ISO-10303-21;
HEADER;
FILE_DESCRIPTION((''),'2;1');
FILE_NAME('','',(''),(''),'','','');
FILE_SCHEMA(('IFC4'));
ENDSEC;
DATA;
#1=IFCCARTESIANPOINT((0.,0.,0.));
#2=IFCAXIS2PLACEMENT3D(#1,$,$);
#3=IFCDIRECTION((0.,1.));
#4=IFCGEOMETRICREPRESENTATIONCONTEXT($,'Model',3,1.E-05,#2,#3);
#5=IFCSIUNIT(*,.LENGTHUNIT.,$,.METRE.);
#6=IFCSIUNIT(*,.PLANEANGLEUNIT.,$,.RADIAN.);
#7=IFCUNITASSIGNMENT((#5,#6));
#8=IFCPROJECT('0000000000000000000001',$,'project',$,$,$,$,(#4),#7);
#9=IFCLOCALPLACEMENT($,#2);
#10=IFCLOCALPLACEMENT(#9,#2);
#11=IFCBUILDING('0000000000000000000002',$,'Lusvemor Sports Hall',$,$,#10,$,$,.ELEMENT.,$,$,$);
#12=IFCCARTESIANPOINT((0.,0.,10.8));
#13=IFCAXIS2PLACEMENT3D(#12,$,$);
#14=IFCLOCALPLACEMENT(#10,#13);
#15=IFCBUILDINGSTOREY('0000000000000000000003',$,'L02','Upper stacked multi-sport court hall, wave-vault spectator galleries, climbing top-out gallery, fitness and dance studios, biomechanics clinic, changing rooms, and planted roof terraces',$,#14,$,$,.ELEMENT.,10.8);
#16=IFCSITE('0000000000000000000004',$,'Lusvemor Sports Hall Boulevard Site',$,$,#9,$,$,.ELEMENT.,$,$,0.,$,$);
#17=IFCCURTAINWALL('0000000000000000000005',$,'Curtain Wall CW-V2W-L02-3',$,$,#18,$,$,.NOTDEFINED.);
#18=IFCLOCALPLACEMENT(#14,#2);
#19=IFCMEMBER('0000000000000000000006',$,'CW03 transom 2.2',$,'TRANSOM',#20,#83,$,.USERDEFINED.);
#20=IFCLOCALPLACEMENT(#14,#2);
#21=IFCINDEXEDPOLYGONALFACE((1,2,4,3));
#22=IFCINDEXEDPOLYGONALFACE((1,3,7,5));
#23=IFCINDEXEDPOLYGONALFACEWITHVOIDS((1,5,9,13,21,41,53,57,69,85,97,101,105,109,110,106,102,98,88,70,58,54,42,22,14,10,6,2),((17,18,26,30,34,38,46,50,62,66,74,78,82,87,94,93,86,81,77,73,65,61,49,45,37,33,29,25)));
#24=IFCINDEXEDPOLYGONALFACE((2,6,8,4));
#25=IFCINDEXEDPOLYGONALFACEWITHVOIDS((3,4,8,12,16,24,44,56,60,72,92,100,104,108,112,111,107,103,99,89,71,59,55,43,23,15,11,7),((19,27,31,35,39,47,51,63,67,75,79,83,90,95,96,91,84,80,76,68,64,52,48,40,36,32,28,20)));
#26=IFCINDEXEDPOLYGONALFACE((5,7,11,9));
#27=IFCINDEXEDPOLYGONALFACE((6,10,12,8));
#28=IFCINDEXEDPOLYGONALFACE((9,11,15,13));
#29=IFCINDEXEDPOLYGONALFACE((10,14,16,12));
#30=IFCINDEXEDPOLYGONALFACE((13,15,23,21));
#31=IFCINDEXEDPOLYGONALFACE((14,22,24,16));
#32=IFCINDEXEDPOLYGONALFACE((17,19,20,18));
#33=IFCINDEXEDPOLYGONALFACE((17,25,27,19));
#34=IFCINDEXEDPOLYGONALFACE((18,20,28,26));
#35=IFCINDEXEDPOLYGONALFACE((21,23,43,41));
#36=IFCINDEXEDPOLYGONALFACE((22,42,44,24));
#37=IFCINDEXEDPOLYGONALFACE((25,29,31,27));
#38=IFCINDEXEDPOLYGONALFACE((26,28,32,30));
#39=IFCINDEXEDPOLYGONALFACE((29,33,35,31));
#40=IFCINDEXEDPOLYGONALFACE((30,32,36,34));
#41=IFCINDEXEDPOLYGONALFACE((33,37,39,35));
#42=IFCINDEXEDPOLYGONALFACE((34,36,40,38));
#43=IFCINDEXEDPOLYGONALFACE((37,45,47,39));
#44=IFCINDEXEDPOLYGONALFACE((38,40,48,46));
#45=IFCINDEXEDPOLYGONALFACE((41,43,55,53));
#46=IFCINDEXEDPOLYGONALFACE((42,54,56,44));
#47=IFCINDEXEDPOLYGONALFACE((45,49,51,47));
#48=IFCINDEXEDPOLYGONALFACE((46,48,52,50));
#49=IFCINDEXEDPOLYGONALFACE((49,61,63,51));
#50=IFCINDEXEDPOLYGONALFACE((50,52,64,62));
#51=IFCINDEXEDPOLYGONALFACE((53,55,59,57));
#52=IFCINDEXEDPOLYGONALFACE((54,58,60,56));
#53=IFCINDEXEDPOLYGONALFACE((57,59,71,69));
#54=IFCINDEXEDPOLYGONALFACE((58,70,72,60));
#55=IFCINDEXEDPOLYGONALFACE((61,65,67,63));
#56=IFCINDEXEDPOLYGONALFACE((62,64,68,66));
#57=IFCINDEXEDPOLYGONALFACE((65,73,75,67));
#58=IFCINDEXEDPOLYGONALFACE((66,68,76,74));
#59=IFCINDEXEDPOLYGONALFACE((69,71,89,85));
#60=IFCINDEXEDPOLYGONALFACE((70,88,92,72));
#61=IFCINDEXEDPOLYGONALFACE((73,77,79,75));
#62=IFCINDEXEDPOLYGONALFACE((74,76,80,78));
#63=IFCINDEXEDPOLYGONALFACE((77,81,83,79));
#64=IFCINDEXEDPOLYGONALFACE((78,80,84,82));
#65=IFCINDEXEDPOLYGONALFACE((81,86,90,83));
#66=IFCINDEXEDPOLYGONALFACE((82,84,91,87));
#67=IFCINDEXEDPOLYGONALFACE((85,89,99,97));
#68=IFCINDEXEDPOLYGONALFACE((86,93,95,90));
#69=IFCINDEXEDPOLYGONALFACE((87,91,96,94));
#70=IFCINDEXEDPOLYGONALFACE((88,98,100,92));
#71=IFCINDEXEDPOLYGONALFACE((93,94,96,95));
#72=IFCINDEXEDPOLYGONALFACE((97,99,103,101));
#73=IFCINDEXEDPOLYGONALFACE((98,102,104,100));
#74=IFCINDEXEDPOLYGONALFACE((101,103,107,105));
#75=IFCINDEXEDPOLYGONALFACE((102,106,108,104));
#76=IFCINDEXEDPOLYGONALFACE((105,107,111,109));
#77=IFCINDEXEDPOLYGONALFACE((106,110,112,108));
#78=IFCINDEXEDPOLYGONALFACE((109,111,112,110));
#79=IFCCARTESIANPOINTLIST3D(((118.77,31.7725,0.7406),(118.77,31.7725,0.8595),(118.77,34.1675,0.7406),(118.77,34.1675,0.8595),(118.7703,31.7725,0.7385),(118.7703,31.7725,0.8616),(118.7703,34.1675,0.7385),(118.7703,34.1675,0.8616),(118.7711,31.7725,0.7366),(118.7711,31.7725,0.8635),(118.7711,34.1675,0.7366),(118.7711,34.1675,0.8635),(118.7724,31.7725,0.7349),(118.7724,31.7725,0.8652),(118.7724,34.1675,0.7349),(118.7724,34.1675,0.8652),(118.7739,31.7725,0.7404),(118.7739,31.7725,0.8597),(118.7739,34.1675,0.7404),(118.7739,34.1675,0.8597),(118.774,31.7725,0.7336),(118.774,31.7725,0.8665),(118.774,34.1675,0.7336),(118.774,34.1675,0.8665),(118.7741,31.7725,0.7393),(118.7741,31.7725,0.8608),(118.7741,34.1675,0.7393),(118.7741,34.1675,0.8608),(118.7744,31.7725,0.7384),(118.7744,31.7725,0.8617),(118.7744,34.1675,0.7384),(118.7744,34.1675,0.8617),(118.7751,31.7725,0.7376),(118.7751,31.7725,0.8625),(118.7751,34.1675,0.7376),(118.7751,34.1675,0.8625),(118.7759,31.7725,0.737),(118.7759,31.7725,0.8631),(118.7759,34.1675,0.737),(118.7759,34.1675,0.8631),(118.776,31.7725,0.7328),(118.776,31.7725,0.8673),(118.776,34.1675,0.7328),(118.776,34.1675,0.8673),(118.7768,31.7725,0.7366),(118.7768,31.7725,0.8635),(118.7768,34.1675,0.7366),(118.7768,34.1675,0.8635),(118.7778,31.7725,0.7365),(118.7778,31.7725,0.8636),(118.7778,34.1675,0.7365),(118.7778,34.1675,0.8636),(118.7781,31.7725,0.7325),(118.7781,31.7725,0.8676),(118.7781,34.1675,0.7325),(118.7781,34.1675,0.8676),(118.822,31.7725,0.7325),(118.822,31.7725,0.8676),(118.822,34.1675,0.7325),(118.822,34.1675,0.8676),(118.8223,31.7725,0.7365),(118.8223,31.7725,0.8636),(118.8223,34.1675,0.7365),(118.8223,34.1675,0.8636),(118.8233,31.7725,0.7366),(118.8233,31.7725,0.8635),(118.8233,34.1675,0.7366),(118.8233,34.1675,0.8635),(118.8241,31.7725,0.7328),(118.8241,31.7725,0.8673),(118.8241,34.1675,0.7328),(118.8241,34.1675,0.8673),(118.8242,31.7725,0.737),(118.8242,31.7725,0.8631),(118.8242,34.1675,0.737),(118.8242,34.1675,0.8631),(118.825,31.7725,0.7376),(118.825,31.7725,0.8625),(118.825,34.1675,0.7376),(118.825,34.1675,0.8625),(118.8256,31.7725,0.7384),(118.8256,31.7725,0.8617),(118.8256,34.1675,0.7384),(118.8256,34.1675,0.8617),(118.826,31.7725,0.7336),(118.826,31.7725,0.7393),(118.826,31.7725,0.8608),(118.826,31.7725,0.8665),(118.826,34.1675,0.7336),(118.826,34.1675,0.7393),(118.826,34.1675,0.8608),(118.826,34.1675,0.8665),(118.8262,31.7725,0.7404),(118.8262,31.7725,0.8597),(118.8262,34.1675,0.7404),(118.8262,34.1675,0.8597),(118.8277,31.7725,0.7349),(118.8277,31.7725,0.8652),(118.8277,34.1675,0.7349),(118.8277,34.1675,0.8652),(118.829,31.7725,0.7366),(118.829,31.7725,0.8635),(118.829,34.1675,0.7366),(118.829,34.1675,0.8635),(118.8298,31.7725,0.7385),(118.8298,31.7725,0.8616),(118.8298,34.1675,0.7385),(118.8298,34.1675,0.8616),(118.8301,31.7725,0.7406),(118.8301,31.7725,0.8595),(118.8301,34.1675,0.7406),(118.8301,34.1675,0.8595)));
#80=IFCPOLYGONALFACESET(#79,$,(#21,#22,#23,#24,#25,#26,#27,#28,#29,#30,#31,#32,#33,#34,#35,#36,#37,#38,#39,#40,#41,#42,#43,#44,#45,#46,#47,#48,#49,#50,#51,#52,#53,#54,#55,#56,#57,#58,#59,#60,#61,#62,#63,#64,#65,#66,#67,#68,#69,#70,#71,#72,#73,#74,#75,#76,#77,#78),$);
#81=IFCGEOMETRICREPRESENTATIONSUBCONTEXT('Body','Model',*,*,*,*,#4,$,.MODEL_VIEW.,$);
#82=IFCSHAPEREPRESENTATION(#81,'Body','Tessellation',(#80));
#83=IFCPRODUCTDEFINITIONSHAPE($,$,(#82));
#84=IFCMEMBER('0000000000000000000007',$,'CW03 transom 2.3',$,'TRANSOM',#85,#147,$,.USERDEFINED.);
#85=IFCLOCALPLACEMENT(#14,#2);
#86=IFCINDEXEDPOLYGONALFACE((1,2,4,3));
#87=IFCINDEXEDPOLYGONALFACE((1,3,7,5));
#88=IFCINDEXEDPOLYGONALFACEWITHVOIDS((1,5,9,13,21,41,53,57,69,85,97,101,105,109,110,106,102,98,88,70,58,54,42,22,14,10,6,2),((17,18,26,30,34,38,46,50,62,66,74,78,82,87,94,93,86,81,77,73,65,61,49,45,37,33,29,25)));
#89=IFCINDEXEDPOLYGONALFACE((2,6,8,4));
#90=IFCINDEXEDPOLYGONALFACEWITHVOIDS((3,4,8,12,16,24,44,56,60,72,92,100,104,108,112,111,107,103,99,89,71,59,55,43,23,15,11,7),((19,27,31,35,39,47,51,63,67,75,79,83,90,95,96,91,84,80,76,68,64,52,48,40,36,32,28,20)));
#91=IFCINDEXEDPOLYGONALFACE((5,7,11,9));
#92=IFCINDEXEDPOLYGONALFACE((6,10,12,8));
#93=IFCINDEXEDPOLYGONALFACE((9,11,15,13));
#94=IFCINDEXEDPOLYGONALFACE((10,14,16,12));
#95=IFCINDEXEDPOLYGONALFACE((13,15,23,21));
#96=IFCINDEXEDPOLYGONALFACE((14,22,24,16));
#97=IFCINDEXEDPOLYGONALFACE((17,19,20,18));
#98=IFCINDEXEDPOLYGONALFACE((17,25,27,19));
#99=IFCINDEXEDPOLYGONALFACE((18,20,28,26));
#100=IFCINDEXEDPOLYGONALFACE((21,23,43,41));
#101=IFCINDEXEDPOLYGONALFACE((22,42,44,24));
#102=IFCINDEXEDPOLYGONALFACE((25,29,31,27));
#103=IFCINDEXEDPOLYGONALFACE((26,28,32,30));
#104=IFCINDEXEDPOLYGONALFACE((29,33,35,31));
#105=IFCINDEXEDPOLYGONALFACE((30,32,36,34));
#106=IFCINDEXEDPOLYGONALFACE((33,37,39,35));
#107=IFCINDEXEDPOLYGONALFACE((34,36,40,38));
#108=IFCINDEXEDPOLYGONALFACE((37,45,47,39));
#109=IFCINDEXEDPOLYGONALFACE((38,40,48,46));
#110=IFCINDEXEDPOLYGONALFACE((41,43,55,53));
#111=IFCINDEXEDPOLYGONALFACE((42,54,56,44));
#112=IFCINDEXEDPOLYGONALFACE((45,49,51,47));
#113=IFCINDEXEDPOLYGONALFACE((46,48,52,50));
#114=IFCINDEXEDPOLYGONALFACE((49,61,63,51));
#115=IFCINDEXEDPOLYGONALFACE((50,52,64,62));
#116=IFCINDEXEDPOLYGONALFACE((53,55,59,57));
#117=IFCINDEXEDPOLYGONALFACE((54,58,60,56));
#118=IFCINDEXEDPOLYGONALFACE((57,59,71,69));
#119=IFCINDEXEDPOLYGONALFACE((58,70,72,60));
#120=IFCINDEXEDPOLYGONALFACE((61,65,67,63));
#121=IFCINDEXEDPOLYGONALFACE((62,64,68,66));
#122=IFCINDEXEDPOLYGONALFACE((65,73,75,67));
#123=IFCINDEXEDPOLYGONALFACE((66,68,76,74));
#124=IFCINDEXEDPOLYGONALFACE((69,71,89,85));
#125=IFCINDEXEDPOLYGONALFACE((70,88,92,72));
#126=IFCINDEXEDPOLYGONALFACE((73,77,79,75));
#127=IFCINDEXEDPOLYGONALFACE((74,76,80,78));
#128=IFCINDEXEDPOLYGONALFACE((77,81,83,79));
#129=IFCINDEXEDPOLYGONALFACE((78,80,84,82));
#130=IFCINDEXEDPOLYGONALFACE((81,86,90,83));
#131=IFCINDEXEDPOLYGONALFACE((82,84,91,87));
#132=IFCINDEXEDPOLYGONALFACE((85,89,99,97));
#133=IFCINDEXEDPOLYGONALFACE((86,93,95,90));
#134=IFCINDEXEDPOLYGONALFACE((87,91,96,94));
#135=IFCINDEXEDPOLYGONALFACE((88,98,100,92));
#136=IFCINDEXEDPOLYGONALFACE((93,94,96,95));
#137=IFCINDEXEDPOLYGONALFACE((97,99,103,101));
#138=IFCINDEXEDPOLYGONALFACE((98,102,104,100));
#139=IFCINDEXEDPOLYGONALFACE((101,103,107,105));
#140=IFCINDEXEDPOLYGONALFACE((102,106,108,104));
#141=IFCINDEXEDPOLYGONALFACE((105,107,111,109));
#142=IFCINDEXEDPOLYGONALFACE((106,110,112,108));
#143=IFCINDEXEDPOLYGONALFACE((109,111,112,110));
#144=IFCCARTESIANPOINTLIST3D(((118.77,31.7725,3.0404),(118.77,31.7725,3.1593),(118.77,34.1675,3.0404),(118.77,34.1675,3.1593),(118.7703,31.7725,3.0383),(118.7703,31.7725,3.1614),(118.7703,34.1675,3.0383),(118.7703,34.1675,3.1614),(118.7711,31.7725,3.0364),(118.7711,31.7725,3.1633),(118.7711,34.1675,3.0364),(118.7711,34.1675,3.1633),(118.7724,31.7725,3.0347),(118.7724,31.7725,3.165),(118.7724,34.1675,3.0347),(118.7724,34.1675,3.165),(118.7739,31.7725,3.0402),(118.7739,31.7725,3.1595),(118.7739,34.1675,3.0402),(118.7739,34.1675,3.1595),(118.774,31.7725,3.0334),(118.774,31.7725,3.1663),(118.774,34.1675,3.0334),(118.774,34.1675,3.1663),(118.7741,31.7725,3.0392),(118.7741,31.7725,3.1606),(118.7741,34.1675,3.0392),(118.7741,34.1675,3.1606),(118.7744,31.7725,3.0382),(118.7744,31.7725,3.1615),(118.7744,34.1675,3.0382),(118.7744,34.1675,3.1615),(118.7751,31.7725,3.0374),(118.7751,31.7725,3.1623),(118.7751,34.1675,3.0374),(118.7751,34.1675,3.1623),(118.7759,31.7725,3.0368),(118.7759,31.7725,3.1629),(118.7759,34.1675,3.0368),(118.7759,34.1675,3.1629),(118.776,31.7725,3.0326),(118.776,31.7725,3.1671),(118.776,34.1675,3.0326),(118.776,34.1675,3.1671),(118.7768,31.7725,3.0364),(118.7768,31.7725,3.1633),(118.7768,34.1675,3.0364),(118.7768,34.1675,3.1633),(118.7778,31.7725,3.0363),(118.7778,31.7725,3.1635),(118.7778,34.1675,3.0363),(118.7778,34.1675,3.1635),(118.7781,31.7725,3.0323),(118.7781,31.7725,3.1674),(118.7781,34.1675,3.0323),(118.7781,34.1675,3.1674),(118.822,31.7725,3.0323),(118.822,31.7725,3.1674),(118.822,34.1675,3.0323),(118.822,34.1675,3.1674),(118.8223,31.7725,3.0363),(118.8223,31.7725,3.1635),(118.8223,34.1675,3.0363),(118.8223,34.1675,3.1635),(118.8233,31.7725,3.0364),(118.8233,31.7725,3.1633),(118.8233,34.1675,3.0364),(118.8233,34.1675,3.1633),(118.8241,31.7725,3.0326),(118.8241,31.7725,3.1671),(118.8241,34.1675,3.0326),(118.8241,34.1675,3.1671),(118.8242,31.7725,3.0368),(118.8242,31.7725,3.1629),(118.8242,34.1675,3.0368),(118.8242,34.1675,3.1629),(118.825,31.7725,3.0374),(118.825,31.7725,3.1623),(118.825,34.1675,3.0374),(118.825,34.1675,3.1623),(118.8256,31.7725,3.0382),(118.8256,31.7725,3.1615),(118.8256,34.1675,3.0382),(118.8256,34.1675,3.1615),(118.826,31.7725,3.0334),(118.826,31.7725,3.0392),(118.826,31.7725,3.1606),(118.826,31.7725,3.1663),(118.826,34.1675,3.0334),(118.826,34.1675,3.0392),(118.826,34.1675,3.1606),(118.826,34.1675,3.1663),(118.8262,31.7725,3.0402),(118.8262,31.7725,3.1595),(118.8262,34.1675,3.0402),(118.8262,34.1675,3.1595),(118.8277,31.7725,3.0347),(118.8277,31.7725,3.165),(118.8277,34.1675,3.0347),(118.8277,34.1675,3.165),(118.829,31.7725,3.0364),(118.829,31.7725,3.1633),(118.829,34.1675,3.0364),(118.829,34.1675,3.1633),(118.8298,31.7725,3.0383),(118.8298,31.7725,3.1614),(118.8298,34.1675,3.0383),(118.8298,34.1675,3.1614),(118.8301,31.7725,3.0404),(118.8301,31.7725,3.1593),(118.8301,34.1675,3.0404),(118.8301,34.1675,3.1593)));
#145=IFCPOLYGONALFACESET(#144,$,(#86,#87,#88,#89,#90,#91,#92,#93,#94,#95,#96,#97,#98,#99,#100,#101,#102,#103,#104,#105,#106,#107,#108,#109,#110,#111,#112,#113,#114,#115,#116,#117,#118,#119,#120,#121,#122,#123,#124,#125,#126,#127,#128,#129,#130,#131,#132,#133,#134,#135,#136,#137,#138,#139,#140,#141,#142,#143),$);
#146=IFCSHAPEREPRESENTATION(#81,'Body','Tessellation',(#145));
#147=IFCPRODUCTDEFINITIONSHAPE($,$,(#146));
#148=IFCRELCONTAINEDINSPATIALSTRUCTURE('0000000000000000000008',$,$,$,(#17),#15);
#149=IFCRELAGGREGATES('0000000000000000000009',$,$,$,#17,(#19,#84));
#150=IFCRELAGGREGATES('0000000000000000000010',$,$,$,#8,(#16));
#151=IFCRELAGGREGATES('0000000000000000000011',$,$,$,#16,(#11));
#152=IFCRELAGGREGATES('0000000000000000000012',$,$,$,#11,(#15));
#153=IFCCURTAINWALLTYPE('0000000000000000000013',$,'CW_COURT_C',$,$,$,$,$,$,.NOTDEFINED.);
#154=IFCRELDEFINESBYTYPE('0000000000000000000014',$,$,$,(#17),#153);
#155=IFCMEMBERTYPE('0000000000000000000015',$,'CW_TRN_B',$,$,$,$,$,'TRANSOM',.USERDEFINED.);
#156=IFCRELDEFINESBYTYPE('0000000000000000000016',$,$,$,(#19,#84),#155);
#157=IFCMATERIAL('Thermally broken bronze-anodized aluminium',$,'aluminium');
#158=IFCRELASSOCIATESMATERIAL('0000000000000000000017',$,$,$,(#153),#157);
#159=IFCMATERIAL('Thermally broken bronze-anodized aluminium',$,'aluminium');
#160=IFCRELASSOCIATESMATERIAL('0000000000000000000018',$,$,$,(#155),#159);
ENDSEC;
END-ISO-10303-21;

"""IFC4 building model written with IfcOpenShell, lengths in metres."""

from ifc_helpers import new_model, si_unit, direction, frame, origin, origin_2d, place, context, subcontext, project, spatial, hollow_rectangle, extrude, material, material_profile, profile_set, type_object, element, aggregate, save


model = new_model("IFC4")

# Units and contexts
model_context = context("Model", 3, precision=1e-05, world=origin(), true_north=direction((0.0, 1.0)))
body_context = subcontext(model_context, "Body", "Model", "MODEL_VIEW")
ifc_project = project(units=[si_unit("LENGTHUNIT", "METRE"), si_unit("PLANEANGLEUNIT", "RADIAN")], contexts=[model_context])

# Site, building, storey
site_placement = place(None, origin())
site = spatial("IfcSite", under=ifc_project, at=site_placement, Name="Lusvemor Sports Hall Boulevard Site", CompositionType="ELEMENT", RefElevation=0.0)
building_placement = place(site_placement, origin())
building = spatial("IfcBuilding", under=site, at=building_placement, Name="Lusvemor Sports Hall", CompositionType="ELEMENT")
storey_placement = place(building_placement, frame((0.0, 0.0, 10.8)))
storey = spatial("IfcBuildingStorey", under=building, at=storey_placement, Name="L02", Description="Upper stacked multi-sport court hall, wave-vault spectator galleries, climbing top-out gallery, fitness and dance studios, biomechanics clinic, changing rooms, and planted roof terraces", CompositionType="ELEMENT", Elevation=10.8)

# Curtain wall, members
ifc_material_1 = material(Name="Thermally broken bronze-anodized aluminium", Category="aluminium")
curtain_wall_type = type_object("IfcCurtainWallType", Name="CW_COURT_C", PredefinedType="NOTDEFINED", material=ifc_material_1)
curtain_wall_placement = place(storey_placement, origin())
curtain_wall = element("IfcCurtainWall", 1, at=curtain_wall_placement, inside=storey, type_object=curtain_wall_type, Name="Curtain Wall CW-V2W-L02-3", PredefinedType="NOTDEFINED")
ifc_material_2 = material(Name="Thermally broken bronze-anodized aluminium", Category="aluminium")
ifc_material_profile_1 = material_profile(ifc_material_2, hollow_rectangle(XDim=0.0601, YDim=0.135, WallThickness=0.0039, InnerFilletRadius=0.0039, OuterFilletRadius=0.0081, at=origin_2d()), Name="CWTRN135x60x4")
ifc_profile_set_1 = profile_set([ifc_material_profile_1], Name="Thermally broken bronze-anodized aluminium")
member_type_1 = type_object("IfcMemberType", Name="CW_TRN_B", ElementType="TRANSOM", PredefinedType="USERDEFINED", material=ifc_profile_set_1)
member_1_placement = place(storey_placement, frame((118.8, 31.7725, 0.8), z_axis=(0.0, 1.0, 0.0), x_axis=(-1.0, 0.0, 0.0)))
member_1 = element("IfcMember", 2, at=member_1_placement, type_object=member_type_1, Name="CW03 transom 2.2", ObjectType="TRANSOM", PredefinedType="USERDEFINED", context=body_context, shape_type="SweptSolid", body=[
    extrude(hollow_rectangle(XDim=0.0601, YDim=0.135, WallThickness=0.0039, InnerFilletRadius=0.0039, OuterFilletRadius=0.0081, at=origin_2d()), origin(), (0.0, 0.0, 1.0), 2.395),
])
member_2_placement = place(storey_placement, frame((118.8, 31.7725, 3.0999), z_axis=(0.0, 1.0, 0.0), x_axis=(-1.0, 0.0, 0.0)))
member_2 = element("IfcMember", 3, at=member_2_placement, type_object=member_type_1, Name="CW03 transom 2.3", ObjectType="TRANSOM", PredefinedType="USERDEFINED", context=body_context, shape_type="SweptSolid", body=[
    extrude(hollow_rectangle(XDim=0.0601, YDim=0.135, WallThickness=0.0039, InnerFilletRadius=0.0039, OuterFilletRadius=0.0081, at=origin_2d()), origin(), (0.0, 0.0, 1.0), 2.395),
])
aggregate(curtain_wall, [member_1, member_2])

save(model, "model.ifc")
